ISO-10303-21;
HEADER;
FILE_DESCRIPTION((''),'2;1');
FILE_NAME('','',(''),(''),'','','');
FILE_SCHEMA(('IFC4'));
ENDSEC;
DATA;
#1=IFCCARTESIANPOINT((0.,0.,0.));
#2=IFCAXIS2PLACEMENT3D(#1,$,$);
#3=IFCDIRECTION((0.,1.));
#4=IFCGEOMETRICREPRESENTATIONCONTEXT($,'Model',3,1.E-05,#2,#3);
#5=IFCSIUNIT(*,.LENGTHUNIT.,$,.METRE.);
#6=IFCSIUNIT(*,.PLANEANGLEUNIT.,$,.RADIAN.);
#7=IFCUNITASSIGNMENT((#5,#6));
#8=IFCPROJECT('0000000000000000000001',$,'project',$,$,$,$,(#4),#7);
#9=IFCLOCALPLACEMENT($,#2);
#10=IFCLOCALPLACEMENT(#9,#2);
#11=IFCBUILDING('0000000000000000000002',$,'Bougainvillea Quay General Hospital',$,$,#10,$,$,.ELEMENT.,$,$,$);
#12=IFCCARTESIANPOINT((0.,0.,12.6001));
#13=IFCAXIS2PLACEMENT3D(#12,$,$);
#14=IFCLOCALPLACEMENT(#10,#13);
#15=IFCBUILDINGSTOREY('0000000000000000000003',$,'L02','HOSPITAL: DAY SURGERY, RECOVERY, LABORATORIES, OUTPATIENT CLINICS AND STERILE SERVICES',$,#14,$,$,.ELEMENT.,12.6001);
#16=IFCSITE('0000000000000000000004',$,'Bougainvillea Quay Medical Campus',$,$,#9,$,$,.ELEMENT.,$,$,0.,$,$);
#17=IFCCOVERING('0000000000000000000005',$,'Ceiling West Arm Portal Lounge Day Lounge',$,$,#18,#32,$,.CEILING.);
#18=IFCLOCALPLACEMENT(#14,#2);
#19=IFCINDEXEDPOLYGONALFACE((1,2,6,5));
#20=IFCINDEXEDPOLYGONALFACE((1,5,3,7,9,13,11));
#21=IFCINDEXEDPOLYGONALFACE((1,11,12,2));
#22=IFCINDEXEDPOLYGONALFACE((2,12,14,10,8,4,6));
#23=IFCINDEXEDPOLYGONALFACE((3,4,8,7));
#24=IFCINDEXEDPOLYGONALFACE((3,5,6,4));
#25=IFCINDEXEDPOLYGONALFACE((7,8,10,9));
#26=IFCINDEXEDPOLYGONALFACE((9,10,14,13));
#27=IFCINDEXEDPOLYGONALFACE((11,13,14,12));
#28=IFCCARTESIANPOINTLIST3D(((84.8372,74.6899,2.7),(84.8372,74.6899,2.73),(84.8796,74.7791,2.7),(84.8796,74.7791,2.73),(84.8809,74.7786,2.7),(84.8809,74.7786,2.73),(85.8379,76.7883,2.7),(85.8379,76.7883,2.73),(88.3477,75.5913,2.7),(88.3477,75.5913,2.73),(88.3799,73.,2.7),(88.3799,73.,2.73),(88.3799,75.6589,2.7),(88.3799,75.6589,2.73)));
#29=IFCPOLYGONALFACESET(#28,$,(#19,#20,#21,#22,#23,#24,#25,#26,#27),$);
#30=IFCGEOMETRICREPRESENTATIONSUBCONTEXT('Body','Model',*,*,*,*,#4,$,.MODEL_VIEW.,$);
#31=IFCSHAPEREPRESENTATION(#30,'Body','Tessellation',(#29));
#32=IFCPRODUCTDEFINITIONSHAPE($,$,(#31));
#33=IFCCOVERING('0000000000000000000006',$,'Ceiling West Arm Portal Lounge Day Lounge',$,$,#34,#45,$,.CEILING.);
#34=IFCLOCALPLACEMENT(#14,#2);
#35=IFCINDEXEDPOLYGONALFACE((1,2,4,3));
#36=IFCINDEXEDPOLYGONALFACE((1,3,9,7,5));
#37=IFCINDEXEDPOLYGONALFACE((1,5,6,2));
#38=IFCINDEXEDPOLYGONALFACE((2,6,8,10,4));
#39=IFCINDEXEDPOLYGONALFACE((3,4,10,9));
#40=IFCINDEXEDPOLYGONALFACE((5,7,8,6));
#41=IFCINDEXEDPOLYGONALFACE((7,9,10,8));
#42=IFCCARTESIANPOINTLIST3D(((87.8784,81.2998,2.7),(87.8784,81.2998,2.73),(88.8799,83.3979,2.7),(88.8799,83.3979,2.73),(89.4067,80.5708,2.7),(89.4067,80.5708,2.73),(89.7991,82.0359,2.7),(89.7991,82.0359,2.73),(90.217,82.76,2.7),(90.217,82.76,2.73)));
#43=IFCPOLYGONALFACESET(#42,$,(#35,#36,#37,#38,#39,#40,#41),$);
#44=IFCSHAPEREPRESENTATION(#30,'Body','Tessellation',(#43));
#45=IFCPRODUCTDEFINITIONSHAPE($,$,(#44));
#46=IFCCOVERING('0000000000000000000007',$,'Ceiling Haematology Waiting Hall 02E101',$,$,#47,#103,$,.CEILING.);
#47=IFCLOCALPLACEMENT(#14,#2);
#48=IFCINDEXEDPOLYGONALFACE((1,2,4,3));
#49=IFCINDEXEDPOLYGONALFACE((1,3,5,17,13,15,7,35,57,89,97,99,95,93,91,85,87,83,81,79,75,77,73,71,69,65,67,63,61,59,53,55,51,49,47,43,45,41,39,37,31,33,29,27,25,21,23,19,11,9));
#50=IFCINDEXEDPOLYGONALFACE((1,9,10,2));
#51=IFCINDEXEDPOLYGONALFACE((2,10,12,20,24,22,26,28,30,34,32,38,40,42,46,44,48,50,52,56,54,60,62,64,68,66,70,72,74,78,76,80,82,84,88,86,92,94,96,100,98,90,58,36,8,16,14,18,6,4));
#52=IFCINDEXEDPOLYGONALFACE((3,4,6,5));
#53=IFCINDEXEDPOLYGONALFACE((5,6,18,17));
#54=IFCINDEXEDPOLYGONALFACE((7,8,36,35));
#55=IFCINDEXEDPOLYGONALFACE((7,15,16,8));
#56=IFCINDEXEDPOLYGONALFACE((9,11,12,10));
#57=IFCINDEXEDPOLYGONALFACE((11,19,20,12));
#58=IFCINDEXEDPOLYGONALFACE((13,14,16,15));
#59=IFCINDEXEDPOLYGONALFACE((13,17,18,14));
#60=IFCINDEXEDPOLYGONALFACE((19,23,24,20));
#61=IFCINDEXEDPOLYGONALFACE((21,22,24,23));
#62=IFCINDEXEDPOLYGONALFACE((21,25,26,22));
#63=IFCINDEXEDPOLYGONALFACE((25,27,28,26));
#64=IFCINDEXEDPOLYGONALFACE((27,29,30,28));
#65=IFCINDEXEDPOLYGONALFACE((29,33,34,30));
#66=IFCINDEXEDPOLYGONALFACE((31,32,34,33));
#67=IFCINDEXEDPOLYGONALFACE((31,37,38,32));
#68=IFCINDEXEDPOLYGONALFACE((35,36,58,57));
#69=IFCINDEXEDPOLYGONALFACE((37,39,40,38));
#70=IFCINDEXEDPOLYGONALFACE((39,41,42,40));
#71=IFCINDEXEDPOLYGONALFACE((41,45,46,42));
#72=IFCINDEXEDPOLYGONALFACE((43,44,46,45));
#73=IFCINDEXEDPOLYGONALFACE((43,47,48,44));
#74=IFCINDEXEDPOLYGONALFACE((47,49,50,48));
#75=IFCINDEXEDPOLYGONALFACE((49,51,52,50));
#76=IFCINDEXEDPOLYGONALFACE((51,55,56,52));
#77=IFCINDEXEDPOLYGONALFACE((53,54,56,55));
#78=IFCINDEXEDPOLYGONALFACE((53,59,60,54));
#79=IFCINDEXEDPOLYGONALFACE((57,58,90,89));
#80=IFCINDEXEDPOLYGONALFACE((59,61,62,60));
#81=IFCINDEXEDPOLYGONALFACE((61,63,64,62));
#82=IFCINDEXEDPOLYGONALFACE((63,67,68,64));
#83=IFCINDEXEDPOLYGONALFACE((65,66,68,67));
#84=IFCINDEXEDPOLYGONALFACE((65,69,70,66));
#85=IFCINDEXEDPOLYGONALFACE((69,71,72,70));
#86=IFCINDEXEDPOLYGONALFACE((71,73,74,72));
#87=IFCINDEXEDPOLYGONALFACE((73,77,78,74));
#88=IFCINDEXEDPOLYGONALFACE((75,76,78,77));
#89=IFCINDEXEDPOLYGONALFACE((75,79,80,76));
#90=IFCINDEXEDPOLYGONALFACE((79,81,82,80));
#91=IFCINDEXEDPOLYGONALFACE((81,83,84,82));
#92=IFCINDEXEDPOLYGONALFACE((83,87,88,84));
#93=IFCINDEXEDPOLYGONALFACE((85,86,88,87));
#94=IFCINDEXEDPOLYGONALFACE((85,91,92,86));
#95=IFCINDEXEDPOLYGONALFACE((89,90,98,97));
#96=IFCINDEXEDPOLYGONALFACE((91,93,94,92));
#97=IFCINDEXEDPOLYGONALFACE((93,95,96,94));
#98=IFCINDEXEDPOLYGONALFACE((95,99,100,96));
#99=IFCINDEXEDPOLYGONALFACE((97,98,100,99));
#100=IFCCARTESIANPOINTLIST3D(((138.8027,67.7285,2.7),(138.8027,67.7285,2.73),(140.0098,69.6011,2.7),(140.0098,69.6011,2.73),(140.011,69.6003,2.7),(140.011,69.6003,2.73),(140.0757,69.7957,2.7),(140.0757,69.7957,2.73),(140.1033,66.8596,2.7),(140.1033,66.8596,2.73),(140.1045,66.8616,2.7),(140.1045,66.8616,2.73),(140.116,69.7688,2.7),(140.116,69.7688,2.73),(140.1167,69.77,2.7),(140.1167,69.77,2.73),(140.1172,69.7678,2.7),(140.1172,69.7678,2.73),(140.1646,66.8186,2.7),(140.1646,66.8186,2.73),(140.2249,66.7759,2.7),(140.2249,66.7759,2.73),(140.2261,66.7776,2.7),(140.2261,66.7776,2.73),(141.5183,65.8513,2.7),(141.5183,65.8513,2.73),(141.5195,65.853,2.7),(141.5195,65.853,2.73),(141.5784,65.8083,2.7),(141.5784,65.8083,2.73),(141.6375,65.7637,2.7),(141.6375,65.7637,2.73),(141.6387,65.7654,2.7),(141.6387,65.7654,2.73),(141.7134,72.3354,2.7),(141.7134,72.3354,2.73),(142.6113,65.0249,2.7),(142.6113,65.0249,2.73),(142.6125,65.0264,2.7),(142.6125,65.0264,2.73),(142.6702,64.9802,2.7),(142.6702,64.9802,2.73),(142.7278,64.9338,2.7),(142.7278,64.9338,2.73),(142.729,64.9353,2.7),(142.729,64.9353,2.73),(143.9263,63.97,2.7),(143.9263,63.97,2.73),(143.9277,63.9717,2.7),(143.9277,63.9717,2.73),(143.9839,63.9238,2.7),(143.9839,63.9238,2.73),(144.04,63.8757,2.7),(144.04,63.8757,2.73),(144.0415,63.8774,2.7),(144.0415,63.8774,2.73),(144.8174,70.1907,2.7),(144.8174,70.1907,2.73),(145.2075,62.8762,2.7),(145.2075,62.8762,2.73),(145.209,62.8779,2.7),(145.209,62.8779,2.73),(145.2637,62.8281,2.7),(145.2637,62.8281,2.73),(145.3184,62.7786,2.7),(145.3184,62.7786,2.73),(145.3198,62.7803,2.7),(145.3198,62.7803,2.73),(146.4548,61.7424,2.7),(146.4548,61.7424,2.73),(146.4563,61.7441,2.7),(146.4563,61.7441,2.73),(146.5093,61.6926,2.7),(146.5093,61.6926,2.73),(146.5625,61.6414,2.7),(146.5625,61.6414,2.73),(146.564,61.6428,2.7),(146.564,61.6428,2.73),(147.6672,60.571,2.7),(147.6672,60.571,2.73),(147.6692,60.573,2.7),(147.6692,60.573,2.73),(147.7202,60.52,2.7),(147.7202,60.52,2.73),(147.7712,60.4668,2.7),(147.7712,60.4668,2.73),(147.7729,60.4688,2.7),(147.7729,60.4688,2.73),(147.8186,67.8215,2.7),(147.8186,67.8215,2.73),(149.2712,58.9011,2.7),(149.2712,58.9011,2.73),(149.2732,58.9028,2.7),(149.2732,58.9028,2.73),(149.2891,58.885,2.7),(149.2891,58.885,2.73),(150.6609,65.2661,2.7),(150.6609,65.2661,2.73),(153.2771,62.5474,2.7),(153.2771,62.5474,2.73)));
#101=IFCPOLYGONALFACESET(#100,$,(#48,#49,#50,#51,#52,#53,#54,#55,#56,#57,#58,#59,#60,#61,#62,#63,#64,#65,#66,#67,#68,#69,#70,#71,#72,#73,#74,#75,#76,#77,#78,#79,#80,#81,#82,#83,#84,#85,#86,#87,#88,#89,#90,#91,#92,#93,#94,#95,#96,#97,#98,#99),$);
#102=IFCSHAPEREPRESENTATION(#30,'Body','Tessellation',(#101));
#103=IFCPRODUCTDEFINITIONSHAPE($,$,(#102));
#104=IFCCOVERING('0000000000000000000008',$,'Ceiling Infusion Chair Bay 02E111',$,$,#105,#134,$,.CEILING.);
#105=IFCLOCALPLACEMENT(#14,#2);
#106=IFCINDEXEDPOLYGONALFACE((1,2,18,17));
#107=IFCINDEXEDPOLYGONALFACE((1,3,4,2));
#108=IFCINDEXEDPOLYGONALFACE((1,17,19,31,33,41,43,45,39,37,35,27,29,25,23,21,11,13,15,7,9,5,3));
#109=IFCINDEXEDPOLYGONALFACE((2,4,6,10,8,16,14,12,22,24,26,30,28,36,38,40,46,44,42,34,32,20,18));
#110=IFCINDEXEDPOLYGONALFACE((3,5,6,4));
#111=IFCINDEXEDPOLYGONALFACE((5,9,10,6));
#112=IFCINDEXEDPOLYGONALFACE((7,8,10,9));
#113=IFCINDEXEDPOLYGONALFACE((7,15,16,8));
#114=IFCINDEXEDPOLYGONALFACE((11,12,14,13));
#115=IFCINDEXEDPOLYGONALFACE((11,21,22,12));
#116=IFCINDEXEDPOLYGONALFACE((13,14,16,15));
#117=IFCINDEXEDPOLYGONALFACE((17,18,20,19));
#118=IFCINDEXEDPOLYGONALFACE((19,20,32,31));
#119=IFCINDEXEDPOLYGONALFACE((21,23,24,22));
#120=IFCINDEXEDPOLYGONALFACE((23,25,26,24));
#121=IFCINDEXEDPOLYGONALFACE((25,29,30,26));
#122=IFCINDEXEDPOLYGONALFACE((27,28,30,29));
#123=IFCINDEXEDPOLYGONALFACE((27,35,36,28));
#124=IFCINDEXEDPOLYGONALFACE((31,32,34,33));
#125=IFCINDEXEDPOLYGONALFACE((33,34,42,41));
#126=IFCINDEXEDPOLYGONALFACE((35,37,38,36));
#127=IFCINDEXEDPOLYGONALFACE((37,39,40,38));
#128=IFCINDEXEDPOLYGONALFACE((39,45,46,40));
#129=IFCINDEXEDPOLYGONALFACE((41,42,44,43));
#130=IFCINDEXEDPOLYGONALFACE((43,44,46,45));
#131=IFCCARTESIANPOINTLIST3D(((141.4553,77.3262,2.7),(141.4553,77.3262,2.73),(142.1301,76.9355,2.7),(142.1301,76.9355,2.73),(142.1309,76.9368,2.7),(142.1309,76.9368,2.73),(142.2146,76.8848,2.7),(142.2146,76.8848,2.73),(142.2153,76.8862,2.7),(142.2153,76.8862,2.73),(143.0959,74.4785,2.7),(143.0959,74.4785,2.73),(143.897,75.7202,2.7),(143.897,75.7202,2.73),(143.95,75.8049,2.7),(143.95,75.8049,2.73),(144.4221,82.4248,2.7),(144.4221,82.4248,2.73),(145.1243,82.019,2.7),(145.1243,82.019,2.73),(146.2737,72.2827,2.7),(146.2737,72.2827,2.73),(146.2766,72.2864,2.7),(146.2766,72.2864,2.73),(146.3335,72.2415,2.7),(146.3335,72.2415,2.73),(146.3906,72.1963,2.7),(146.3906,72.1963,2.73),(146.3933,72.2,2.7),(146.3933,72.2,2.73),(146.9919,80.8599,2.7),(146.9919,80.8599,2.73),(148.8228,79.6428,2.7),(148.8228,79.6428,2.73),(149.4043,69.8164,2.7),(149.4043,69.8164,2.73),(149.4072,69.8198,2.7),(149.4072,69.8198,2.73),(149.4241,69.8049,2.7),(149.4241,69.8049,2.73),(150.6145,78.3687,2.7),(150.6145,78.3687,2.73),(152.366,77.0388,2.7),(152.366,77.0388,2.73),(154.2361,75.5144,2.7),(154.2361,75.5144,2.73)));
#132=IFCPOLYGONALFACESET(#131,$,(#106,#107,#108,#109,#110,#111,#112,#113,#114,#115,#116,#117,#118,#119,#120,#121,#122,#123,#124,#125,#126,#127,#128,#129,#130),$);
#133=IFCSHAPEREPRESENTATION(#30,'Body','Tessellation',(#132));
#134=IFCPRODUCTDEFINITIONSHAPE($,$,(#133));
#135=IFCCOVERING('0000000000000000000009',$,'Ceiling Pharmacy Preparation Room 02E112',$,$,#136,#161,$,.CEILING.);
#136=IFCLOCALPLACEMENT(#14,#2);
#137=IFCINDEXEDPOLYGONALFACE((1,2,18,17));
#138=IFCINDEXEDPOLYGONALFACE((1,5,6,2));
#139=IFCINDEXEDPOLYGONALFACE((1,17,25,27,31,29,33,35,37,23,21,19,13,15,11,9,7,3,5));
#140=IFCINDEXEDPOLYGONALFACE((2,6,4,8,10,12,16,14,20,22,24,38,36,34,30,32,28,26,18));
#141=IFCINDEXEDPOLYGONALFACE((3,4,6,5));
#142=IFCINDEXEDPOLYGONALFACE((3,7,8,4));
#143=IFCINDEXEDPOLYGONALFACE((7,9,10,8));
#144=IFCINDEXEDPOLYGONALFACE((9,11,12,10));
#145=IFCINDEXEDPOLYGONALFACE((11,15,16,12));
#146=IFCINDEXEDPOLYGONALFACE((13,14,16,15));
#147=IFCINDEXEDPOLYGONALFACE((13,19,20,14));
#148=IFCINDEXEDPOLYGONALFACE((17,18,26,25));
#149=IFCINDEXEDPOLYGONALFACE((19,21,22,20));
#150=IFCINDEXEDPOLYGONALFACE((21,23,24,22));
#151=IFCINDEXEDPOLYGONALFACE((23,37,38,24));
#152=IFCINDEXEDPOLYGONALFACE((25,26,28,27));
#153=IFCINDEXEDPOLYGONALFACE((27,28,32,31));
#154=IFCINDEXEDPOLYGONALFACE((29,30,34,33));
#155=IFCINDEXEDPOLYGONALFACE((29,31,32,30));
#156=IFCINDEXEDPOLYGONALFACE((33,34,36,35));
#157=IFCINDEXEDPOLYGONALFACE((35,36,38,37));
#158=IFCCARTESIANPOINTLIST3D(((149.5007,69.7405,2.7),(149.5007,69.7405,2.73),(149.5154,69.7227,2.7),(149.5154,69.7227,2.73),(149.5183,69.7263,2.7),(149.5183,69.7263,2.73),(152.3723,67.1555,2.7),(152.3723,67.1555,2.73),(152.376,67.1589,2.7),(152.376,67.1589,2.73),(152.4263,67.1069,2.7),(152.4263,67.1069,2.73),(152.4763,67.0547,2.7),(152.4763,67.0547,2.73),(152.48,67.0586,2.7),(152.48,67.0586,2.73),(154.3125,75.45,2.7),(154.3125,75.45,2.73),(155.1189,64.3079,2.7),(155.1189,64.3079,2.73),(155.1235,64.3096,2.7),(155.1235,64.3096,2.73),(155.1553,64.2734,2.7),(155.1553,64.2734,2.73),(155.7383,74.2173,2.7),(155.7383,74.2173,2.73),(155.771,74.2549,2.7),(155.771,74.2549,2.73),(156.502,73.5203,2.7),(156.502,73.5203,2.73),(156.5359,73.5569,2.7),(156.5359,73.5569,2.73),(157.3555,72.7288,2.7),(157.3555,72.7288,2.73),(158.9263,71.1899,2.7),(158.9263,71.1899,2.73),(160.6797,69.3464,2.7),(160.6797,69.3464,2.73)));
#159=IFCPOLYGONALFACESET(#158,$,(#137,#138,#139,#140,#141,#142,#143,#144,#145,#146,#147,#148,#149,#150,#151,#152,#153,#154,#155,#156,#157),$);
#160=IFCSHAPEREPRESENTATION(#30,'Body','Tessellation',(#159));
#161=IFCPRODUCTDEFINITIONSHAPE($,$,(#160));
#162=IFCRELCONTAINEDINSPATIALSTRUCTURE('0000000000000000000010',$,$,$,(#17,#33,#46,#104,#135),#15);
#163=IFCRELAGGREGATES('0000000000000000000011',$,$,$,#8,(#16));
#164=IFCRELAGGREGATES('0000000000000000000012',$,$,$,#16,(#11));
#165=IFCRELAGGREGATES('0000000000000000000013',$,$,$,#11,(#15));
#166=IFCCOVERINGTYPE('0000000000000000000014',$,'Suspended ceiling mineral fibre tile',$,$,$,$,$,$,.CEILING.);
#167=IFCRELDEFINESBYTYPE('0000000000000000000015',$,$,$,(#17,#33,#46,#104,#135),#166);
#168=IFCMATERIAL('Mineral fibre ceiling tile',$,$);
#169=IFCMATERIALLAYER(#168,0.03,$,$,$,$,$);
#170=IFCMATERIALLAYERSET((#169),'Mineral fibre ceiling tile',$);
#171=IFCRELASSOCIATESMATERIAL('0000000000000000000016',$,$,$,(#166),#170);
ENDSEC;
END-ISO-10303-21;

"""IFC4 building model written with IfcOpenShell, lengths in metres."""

from ifc_helpers import new_model, si_unit, direction, frame, origin, place, context, subcontext, project, spatial, polyline, outline, extrude, material, layer, layer_set, type_object, element, save


model = new_model("IFC4")

# Units and contexts
model_context = context("Model", 3, precision=1e-05, world=origin(), true_north=direction((0.0, 1.0)))
body_context = subcontext(model_context, "Body", "Model", "MODEL_VIEW")
ifc_project = project(units=[si_unit("LENGTHUNIT", "METRE"), si_unit("PLANEANGLEUNIT", "RADIAN")], contexts=[model_context])

# Site, building, storey
site_placement = place(None, origin())
site = spatial("IfcSite", under=ifc_project, at=site_placement, Name="Bougainvillea Quay Medical Campus", CompositionType="ELEMENT", RefElevation=0.0)
building_placement = place(site_placement, origin())
building = spatial("IfcBuilding", under=site, at=building_placement, Name="Bougainvillea Quay General Hospital", CompositionType="ELEMENT")
storey_placement = place(building_placement, frame((0.0, 0.0, 12.6001)))
storey = spatial("IfcBuildingStorey", under=building, at=storey_placement, Name="L02", Description="HOSPITAL: DAY SURGERY, RECOVERY, LABORATORIES, OUTPATIENT CLINICS AND STERILE SERVICES", CompositionType="ELEMENT", Elevation=12.6001)

# Coverings
ifc_material = material(Name="Mineral fibre ceiling tile")
ifc_layer = layer(ifc_material, 0.03)
ifc_layer_set = layer_set([ifc_layer], Name="Mineral fibre ceiling tile")
covering_type = type_object("IfcCoveringType", Name="Suspended ceiling mineral fibre tile", PredefinedType="CEILING", material=ifc_layer_set)
covering_1_placement = place(storey_placement, frame((0.0, 0.0, 2.7)))
element("IfcCovering", 1, at=covering_1_placement, inside=storey, type_object=covering_type, Name="Ceiling West Arm Portal Lounge Day Lounge", PredefinedType="CEILING", context=body_context, shape_type="SweptSolid", body=[
    extrude(outline(polyline([(88.3799, 75.6589), (88.3477, 75.5913), (85.8379, 76.7883), (84.8796, 74.7791), (84.8809, 74.7786), (84.8372, 74.6899), (88.3799, 73.0), (88.3799, 75.6589)])), origin(), (0.0, 0.0, 1.0), 0.03),
])
covering_2_placement = place(storey_placement, frame((0.0, 0.0, 2.7)))
element("IfcCovering", 2, at=covering_2_placement, inside=storey, type_object=covering_type, Name="Ceiling West Arm Portal Lounge Day Lounge", PredefinedType="CEILING", context=body_context, shape_type="SweptSolid", body=[
    extrude(outline(polyline([(88.8799, 83.3979), (87.8784, 81.2998), (89.4067, 80.5708), (89.7991, 82.0359), (90.217, 82.76), (88.8799, 83.3979)])), origin(), (0.0, 0.0, 1.0), 0.03),
])
covering_3_placement = place(storey_placement, frame((0.0, 0.0, 2.7)))
element("IfcCovering", 3, at=covering_3_placement, inside=storey, type_object=covering_type, Name="Ceiling Haematology Waiting Hall 02E101", PredefinedType="CEILING", context=body_context, shape_type="SweptSolid", body=[
    extrude(outline(polyline([(140.0757, 69.7957), (140.1167, 69.77), (140.116, 69.7688), (140.1172, 69.7678), (140.011, 69.6003), (140.0098, 69.6011), (138.8027, 67.7285), (140.1033, 66.8596), (140.1045, 66.8616), (140.1646, 66.8186), (140.2261, 66.7776), (140.2249, 66.7759), (141.5183, 65.8513), (141.5195, 65.853), (141.5784, 65.8083), (141.6387, 65.7654), (141.6375, 65.7637), (142.6113, 65.0249), (142.6125, 65.0264), (142.6702, 64.9802), (142.729, 64.9353), (142.7278, 64.9338), (143.9263, 63.97), (143.9277, 63.9717), (143.9839, 63.9238), (144.0415, 63.8774), (144.04, 63.8757), (145.2075, 62.8762), (145.209, 62.8779), (145.2637, 62.8281), (145.3198, 62.7803), (145.3184, 62.7786), (146.4548, 61.7424), (146.4563, 61.7441), (146.5093, 61.6926), (146.564, 61.6428), (146.5625, 61.6414), (147.6672, 60.571), (147.6692, 60.573), (147.7202, 60.52), (147.7729, 60.4688), (147.7712, 60.4668), (149.2712, 58.9011), (149.2732, 58.9028), (149.2891, 58.885), (153.2771, 62.5474), (150.6609, 65.2661), (147.8186, 67.8215), (144.8174, 70.1907), (141.7134, 72.3354), (140.0757, 69.7957)])), origin(), (0.0, 0.0, 1.0), 0.03),
])
covering_4_placement = place(storey_placement, frame((0.0, 0.0, 2.7)))
element("IfcCovering", 4, at=covering_4_placement, inside=storey, type_object=covering_type, Name="Ceiling Infusion Chair Bay 02E111", PredefinedType="CEILING", context=body_context, shape_type="SweptSolid", body=[
    extrude(outline(polyline([(142.1309, 76.9368), (142.2153, 76.8862), (142.2146, 76.8848), (143.95, 75.8049), (143.897, 75.7202), (143.0959, 74.4785), (146.2737, 72.2827), (146.2766, 72.2864), (146.3335, 72.2415), (146.3933, 72.2), (146.3906, 72.1963), (149.4043, 69.8164), (149.4072, 69.8198), (149.4241, 69.8049), (154.2361, 75.5144), (152.366, 77.0388), (150.6145, 78.3687), (148.8228, 79.6428), (146.9919, 80.8599), (145.1243, 82.019), (144.4221, 82.4248), (141.4553, 77.3262), (142.1301, 76.9355), (142.1309, 76.9368)])), origin(), (0.0, 0.0, 1.0), 0.03),
])
covering_5_placement = place(storey_placement, frame((0.0, 0.0, 2.7)))
element("IfcCovering", 5, at=covering_5_placement, inside=storey, type_object=covering_type, Name="Ceiling Pharmacy Preparation Room 02E112", PredefinedType="CEILING", context=body_context, shape_type="SweptSolid", body=[
    extrude(outline(polyline([(155.771, 74.2549), (155.7383, 74.2173), (154.3125, 75.45), (149.5007, 69.7405), (149.5183, 69.7263), (149.5154, 69.7227), (152.3723, 67.1555), (152.376, 67.1589), (152.4263, 67.1069), (152.48, 67.0586), (152.4763, 67.0547), (155.1189, 64.3079), (155.1235, 64.3096), (155.1553, 64.2734), (160.6797, 69.3464), (158.9263, 71.1899), (157.3555, 72.7288), (156.502, 73.5203), (156.5359, 73.5569), (155.771, 74.2549)])), origin(), (0.0, 0.0, 1.0), 0.03),
])

save(model, "model.ifc")
